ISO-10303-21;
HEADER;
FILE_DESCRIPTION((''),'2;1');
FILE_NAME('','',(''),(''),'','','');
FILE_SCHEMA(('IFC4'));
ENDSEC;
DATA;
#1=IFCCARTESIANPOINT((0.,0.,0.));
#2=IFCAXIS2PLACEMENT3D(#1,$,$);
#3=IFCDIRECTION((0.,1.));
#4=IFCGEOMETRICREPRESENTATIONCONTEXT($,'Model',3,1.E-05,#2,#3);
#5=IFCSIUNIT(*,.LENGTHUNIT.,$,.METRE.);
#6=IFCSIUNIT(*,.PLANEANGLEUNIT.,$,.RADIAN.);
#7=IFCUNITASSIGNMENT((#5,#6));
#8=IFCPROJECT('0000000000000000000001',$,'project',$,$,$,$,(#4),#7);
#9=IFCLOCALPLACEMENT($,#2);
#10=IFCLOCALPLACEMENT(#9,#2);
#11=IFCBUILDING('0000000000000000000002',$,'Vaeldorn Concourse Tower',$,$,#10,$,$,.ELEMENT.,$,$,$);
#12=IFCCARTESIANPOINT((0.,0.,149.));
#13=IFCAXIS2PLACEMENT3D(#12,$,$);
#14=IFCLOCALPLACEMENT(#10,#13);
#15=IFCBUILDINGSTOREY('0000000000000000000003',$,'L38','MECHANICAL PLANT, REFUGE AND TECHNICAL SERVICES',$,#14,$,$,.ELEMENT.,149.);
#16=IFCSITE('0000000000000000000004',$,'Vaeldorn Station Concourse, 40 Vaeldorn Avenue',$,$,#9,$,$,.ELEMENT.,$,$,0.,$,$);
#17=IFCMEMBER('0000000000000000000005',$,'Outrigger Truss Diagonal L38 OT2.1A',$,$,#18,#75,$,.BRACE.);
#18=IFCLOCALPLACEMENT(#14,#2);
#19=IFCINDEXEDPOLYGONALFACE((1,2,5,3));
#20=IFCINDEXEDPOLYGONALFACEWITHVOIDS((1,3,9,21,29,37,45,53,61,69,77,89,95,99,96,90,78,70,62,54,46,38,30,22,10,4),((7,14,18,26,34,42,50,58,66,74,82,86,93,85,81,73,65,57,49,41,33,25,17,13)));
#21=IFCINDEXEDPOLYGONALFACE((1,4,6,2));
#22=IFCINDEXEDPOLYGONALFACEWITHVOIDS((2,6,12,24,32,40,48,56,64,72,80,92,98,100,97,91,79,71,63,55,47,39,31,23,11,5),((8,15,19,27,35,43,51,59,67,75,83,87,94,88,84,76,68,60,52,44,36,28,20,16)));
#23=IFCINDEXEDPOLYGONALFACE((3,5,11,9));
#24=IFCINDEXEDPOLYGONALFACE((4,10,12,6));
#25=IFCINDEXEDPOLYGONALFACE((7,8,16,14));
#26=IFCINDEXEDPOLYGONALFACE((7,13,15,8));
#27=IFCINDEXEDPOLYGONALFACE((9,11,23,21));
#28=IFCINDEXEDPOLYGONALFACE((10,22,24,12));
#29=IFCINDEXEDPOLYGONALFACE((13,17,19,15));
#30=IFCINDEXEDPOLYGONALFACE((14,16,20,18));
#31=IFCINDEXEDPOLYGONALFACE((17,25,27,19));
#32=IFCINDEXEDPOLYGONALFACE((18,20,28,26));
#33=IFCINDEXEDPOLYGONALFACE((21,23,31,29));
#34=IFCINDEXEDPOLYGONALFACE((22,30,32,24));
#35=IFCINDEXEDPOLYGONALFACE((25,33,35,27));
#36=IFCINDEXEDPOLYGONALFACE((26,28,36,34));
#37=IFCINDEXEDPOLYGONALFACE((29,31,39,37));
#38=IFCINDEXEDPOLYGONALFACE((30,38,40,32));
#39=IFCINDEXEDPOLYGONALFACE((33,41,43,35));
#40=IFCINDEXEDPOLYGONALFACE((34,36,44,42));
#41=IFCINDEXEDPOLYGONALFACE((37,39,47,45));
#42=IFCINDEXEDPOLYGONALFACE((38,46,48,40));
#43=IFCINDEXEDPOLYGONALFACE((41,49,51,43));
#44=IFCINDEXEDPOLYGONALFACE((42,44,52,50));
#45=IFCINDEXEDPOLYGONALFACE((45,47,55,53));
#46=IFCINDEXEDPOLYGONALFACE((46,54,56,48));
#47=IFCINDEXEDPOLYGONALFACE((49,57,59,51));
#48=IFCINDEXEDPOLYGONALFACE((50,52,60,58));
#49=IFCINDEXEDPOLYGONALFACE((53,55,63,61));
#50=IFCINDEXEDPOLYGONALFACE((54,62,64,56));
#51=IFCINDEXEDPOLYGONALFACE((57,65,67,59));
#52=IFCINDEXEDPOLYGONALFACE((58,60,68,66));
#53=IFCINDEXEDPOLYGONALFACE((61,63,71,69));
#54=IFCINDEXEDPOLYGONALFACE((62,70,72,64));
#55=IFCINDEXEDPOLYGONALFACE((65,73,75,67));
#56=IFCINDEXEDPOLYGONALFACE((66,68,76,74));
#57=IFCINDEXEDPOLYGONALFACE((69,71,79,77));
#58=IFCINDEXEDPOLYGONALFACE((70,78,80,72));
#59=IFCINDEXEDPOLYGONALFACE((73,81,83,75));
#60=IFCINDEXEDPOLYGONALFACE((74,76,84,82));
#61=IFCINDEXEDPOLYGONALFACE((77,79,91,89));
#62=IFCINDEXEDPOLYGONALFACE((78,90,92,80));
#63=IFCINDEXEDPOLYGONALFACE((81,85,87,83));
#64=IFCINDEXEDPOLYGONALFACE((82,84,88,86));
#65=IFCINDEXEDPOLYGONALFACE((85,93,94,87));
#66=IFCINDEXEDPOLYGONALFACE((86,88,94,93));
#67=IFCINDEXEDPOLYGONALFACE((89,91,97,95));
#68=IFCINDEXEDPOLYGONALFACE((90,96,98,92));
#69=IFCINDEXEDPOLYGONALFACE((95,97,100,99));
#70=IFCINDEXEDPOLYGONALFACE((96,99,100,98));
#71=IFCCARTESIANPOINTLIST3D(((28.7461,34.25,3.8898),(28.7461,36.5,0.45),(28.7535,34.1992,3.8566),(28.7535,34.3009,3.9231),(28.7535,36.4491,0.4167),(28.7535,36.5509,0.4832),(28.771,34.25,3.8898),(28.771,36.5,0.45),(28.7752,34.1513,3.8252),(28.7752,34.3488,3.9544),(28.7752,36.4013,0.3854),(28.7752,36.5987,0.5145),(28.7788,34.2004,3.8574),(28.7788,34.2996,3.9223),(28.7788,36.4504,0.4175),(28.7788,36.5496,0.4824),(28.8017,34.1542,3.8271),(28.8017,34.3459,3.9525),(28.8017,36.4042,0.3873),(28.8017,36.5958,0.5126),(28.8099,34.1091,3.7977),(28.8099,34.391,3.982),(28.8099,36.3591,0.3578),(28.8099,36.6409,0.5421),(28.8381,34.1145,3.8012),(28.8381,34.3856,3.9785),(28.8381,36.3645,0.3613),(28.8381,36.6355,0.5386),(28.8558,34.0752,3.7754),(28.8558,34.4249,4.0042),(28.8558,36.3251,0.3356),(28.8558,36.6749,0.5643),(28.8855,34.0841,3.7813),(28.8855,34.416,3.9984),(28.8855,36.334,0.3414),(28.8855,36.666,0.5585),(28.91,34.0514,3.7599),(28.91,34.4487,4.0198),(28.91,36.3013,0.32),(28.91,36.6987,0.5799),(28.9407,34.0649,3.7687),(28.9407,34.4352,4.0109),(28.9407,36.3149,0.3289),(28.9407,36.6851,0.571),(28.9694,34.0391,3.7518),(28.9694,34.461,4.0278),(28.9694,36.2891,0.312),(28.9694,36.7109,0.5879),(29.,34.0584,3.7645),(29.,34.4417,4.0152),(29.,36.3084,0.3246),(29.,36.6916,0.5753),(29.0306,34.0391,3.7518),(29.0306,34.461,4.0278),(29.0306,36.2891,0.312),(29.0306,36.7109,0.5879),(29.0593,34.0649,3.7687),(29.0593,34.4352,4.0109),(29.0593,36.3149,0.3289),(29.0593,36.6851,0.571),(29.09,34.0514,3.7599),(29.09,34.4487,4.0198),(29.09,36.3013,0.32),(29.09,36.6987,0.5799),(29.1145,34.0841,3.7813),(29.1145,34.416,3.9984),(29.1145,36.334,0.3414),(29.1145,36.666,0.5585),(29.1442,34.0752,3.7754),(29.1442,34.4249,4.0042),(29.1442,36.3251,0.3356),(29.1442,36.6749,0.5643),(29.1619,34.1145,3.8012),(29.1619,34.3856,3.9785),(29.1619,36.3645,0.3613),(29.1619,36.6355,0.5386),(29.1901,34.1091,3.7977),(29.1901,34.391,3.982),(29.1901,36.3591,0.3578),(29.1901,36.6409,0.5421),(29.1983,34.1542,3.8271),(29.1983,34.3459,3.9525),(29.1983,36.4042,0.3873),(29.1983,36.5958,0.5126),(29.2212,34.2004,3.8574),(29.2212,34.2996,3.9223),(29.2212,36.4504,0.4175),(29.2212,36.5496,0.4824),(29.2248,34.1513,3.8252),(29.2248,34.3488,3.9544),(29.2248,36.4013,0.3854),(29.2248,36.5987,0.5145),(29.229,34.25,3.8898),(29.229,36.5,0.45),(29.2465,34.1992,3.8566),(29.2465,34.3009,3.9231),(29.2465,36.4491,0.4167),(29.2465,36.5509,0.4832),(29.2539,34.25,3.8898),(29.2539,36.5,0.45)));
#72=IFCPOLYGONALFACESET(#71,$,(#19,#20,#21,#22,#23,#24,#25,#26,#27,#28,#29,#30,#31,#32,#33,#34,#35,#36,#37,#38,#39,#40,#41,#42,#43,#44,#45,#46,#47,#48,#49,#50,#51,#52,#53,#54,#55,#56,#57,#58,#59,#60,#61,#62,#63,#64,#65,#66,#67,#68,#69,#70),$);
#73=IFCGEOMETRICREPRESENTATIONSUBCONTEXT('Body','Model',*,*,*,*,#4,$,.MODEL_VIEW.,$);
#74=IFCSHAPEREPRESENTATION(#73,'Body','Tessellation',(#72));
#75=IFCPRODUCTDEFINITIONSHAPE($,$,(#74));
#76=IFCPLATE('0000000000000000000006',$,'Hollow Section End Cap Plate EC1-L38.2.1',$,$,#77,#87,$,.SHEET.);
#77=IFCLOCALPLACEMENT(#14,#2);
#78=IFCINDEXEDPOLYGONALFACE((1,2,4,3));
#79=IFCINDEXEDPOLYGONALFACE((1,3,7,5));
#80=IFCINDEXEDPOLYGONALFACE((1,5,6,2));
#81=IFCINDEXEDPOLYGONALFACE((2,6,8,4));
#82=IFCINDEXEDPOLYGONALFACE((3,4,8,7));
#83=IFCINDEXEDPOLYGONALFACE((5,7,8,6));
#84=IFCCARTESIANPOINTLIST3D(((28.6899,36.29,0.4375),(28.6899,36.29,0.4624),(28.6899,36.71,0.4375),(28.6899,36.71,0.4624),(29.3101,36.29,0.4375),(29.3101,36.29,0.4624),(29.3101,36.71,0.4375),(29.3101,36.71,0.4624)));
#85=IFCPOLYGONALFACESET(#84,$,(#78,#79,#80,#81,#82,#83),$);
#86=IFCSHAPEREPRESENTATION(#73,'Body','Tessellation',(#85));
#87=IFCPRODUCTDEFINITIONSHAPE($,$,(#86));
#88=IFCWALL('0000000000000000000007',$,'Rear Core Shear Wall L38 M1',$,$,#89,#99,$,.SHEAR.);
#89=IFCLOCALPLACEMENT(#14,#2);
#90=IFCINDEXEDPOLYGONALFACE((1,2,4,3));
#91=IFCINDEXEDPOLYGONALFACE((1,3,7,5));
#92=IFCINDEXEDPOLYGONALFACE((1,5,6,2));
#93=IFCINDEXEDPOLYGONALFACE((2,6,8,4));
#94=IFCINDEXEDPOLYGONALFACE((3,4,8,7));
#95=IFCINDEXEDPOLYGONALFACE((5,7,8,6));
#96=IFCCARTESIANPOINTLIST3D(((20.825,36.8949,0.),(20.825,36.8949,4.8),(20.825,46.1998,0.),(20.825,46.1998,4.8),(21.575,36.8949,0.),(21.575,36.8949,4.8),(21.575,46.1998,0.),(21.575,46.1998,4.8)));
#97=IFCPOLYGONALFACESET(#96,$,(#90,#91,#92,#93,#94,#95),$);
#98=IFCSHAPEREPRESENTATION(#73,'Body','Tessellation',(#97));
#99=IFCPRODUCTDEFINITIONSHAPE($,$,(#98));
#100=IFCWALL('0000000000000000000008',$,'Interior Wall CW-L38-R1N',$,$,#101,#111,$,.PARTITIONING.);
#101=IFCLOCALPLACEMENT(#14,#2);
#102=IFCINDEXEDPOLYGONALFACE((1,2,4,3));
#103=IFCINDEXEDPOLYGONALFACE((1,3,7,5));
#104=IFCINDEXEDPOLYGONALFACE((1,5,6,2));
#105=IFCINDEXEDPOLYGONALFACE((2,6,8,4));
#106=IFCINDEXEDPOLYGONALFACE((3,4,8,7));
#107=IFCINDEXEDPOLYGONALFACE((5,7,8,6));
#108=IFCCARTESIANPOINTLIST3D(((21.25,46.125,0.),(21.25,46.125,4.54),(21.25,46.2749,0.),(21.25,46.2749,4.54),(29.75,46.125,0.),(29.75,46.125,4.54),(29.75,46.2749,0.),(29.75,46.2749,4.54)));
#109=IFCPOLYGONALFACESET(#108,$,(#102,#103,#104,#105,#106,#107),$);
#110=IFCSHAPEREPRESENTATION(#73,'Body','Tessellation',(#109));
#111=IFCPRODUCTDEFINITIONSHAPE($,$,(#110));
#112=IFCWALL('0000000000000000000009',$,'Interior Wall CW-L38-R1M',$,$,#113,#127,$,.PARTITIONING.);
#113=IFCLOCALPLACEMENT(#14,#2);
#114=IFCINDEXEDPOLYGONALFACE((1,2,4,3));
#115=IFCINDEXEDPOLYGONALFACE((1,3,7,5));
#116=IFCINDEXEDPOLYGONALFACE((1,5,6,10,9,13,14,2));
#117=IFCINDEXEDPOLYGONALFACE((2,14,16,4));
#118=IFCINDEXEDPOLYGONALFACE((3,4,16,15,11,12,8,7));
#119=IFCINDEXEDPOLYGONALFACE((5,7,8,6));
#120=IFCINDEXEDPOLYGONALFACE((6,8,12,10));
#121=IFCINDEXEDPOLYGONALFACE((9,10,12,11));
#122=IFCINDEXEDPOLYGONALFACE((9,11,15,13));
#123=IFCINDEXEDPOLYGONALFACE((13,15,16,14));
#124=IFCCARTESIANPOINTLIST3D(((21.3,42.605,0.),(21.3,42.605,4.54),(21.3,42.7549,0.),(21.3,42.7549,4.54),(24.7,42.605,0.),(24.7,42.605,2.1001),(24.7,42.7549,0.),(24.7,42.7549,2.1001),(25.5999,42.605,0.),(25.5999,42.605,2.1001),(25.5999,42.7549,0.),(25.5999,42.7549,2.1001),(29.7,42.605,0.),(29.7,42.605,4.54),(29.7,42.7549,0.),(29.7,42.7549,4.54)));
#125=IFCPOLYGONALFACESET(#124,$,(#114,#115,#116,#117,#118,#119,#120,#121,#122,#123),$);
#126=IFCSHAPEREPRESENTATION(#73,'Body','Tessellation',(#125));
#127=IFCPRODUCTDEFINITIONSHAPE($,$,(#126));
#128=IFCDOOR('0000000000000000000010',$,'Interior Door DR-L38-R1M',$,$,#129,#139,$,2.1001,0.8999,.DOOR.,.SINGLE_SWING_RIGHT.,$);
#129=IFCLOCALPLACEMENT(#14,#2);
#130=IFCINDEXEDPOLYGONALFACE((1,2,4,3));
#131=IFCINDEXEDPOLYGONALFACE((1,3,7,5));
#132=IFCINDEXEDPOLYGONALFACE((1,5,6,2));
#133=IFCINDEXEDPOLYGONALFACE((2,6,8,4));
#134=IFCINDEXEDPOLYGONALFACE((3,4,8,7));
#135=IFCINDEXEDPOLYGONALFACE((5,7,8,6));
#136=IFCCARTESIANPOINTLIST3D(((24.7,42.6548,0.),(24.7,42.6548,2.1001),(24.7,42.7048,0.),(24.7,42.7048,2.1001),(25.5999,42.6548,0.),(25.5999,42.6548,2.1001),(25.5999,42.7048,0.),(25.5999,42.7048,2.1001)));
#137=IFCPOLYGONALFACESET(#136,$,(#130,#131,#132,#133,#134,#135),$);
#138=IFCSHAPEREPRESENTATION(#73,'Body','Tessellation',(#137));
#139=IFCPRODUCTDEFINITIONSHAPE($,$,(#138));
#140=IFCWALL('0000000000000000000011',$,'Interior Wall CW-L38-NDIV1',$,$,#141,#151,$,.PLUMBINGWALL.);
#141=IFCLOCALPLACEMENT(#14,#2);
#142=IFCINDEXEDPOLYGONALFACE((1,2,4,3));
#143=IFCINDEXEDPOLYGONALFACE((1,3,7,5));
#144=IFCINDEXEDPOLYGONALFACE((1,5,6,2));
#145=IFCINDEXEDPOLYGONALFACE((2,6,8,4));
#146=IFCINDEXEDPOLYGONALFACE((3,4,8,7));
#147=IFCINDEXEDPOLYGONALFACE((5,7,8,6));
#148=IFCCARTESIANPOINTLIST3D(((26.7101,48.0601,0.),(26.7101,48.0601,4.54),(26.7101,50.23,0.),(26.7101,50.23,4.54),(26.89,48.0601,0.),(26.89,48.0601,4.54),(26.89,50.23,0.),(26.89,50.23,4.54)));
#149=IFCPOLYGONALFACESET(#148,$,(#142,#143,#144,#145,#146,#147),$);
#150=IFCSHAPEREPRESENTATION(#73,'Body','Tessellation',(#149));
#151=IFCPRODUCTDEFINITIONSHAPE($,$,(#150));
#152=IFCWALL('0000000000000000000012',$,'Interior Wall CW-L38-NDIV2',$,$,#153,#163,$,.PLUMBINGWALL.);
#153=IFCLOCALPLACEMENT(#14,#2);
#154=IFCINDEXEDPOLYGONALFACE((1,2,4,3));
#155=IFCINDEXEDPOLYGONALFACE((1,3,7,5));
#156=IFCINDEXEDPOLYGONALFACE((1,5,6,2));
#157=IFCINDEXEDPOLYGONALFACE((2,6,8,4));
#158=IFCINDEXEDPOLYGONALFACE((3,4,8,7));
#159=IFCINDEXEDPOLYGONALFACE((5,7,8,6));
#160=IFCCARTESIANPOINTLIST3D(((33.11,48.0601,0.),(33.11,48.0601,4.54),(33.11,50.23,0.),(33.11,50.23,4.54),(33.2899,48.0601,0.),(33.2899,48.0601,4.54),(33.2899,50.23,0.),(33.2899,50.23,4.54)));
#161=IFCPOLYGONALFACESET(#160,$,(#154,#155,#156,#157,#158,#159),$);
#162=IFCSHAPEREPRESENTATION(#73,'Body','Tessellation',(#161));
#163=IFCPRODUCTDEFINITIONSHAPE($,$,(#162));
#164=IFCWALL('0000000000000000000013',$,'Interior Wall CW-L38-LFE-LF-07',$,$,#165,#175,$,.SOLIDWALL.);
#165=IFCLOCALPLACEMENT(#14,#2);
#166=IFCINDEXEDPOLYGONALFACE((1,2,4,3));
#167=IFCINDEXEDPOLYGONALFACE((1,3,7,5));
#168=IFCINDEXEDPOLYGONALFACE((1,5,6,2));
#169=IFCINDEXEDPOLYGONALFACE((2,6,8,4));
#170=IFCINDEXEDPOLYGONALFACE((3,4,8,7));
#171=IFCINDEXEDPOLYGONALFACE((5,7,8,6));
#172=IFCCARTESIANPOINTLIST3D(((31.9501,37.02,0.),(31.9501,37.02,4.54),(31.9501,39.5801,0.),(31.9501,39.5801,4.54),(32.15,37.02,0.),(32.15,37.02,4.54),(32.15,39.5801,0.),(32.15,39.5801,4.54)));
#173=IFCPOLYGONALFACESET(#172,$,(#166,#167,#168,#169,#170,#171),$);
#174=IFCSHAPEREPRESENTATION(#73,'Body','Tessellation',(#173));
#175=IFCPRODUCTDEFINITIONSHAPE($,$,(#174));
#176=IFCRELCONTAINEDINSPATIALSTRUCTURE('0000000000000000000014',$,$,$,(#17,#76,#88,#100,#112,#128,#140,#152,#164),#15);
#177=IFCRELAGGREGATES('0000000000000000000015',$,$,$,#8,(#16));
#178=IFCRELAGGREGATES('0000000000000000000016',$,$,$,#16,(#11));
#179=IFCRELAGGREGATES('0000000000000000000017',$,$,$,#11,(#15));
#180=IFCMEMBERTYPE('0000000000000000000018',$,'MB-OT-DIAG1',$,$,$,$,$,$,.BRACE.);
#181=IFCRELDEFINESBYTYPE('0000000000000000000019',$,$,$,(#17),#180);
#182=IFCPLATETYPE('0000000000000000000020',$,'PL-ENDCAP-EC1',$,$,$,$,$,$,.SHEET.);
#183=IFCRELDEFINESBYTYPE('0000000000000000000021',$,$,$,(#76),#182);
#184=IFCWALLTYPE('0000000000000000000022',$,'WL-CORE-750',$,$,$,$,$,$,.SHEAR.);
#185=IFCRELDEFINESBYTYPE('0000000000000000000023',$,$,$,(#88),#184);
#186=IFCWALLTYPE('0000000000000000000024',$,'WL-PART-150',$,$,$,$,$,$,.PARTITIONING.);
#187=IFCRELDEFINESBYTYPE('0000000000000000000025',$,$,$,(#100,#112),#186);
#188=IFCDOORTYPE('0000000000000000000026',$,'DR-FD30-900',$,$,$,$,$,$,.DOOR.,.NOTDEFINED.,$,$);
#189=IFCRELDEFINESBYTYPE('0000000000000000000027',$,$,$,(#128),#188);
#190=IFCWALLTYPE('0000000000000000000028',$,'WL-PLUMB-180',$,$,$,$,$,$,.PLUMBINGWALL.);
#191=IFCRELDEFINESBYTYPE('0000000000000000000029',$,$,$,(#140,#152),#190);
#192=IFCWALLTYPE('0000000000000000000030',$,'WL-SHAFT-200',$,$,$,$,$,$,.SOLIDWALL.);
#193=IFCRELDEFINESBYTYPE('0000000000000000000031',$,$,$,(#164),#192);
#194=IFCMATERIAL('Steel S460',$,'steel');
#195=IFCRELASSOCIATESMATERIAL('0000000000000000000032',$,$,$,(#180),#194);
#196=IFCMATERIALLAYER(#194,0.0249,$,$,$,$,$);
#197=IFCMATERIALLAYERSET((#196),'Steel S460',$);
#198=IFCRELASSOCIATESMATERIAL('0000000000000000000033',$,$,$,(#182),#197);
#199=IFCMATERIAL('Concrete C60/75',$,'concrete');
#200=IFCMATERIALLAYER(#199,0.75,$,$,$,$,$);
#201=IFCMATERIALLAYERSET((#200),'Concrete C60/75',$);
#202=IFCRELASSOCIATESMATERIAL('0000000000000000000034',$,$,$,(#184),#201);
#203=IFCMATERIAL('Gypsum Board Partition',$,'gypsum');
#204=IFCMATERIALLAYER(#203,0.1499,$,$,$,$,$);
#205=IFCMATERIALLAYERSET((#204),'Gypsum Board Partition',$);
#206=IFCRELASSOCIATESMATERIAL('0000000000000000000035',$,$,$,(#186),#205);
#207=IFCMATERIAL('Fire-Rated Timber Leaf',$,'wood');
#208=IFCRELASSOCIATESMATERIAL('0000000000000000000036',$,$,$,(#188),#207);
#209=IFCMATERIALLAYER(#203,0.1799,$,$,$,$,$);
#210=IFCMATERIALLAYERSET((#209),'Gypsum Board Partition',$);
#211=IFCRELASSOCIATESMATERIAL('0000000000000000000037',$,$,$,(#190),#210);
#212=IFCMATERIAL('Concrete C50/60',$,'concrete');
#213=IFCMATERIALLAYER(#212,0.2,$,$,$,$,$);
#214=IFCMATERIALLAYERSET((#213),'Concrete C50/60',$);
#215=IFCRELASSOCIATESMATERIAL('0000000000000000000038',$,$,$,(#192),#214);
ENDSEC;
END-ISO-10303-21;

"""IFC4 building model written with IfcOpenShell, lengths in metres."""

from ifc_helpers import new_model, si_unit, direction, frame, frame_2d, origin, origin_2d, place, context, subcontext, project, spatial, rectangle, hollow_circle, extrude, source, transform, mapped, material, layer, layer_set, material_profile, profile_set, type_object, element, fill, save


model = new_model("IFC4")

# Units and contexts
model_context = context("Model", 3, precision=1e-05, world=origin(), true_north=direction((0.0, 1.0)))
body_context = subcontext(model_context, "Body", "Model", "MODEL_VIEW")
ifc_project = project(units=[si_unit("LENGTHUNIT", "METRE"), si_unit("PLANEANGLEUNIT", "RADIAN")], contexts=[model_context])

# Site, building, storey
site_placement = place(None, origin())
site = spatial("IfcSite", under=ifc_project, at=site_placement, Name="Vaeldorn Station Concourse, 40 Vaeldorn Avenue", CompositionType="ELEMENT", RefElevation=0.0)
building_placement = place(site_placement, origin())
building = spatial("IfcBuilding", under=site, at=building_placement, Name="Vaeldorn Concourse Tower", CompositionType="ELEMENT")
storey_placement = place(building_placement, frame((0.0, 0.0, 149.0)))
storey = spatial("IfcBuildingStorey", under=building, at=storey_placement, Name="L38", Description="MECHANICAL PLANT, REFUGE AND TECHNICAL SERVICES", CompositionType="ELEMENT", Elevation=149.0)

# Shared definitions
ifc_material_1 = material(Name="Steel S460", Category="steel")

# Member
ifc_material_profile_1 = material_profile(ifc_material_1, hollow_circle(Radius=0.2539, WallThickness=0.0249, at=origin_2d()), Name="CHS 508x25")
ifc_profile_set_1 = profile_set([ifc_material_profile_1], Name="Steel S460")
member_type_1 = type_object("IfcMemberType", Name="MB-OT-DIAG1", PredefinedType="BRACE", material=ifc_profile_set_1)
shared_shape_1 = source(origin(), body_context, "Body", "SweptSolid", [
    extrude(hollow_circle(Radius=0.2539, WallThickness=0.0249, at=origin_2d()), origin(), (0.0, 0.0, 1.0), 4.1104),
])
member_1_placement = place(storey_placement, frame((29.0, 36.5, 0.45), z_axis=(0.0, -0.547387, 0.83688), x_axis=(1.0, 0.0, 0.0)))
element("IfcMember", 1, at=member_1_placement, inside=storey, type_object=member_type_1, Name="Outrigger Truss Diagonal L38 OT2.1A", PredefinedType="BRACE", context=body_context, shape_type="MappedRepresentation", body=[
    mapped(shared_shape_1, transform((0.0, 0.0, 0.0), scale=1.0)),
])

# Plate
ifc_layer_1 = layer(ifc_material_1, 0.0249)
ifc_layer_set_1 = layer_set([ifc_layer_1], Name="Steel S460")
plate_type = type_object("IfcPlateType", Name="PL-ENDCAP-EC1", PredefinedType="SHEET", material=ifc_layer_set_1)
shared_shape_2 = source(origin(), body_context, "Body", "SweptSolid", [
    extrude(rectangle(XDim=0.6201, YDim=0.4199, at=origin_2d()), origin(), (0.0, 0.0, 1.0), 0.0249),
])
plate_placement = place(storey_placement, frame((29.0, 36.5, 0.4375), z_axis=(0.0, 0.0, 1.0), x_axis=(1.0, 0.0, 0.0)))
element("IfcPlate", 2, at=plate_placement, inside=storey, type_object=plate_type, Name="Hollow Section End Cap Plate EC1-L38.2.1", PredefinedType="SHEET", context=body_context, shape_type="MappedRepresentation", body=[
    mapped(shared_shape_2, transform((0.0, 0.0, 0.0), scale=1.0)),
])

# Wall
ifc_material_2 = material(Name="Concrete C60/75", Category="concrete")
ifc_layer_2 = layer(ifc_material_2, 0.75)
ifc_layer_set_2 = layer_set([ifc_layer_2], Name="Concrete C60/75")
wall_type_1 = type_object("IfcWallType", Name="WL-CORE-750", PredefinedType="SHEAR", material=ifc_layer_set_2)
wall_1_placement = place(storey_placement, frame((21.2, 36.895, 0.0), z_axis=(0.0, 0.0, 1.0), x_axis=(0.0, 1.0, 0.0)))
element("IfcWall", 3, at=wall_1_placement, inside=storey, type_object=wall_type_1, Name="Rear Core Shear Wall L38 M1", PredefinedType="SHEAR", context=body_context, shape_type="SweptSolid", body=[
    extrude(rectangle(XDim=9.3049, YDim=0.75, at=frame_2d((4.6523, 0.0))), origin(), (0.0, 0.0, 1.0), 4.8),
])

# Wall
ifc_material_3 = material(Name="Gypsum Board Partition", Category="gypsum")
ifc_layer_3 = layer(ifc_material_3, 0.1499)
ifc_layer_set_3 = layer_set([ifc_layer_3], Name="Gypsum Board Partition")
wall_type_2 = type_object("IfcWallType", Name="WL-PART-150", PredefinedType="PARTITIONING", material=ifc_layer_set_3)
wall_2_placement = place(storey_placement, frame((21.25, 46.2, 0.0), z_axis=(0.0, 0.0, 1.0), x_axis=(1.0, 0.0, 0.0)))
element("IfcWall", 4, at=wall_2_placement, inside=storey, type_object=wall_type_2, Name="Interior Wall CW-L38-R1N", PredefinedType="PARTITIONING", context=body_context, shape_type="SweptSolid", body=[
    extrude(rectangle(XDim=8.5, YDim=0.1499, at=frame_2d((4.25, 0.0))), origin(), (0.0, 0.0, 1.0), 4.54),
])

# Wall, opening, door
wall_3_placement = place(storey_placement, frame((21.3, 42.6799, 0.0), z_axis=(0.0, 0.0, 1.0), x_axis=(1.0, 0.0, 0.0)))
wall_3 = element("IfcWall", 5, at=wall_3_placement, inside=storey, type_object=wall_type_2, Name="Interior Wall CW-L38-R1M", PredefinedType="PARTITIONING", context=body_context, shape_type="SweptSolid", body=[
    extrude(rectangle(XDim=8.3999, YDim=0.1499, at=frame_2d((4.2, 0.0))), origin(), (0.0, 0.0, 1.0), 4.54),
])
opening_1_placement = place(wall_3_placement, frame((3.3999, 0.0, 0.0)))
opening_1 = element("IfcOpeningElement", 6, at=opening_1_placement, cuts=wall_3, PredefinedType="OPENING", context=body_context, shape_type="SweptSolid", body=[
    extrude(rectangle(XDim=0.8999, YDim=2.1001, at=frame_2d((0.45, 1.05))), frame((0.0, 0.085, 0.0), z_axis=(0.0, -1.0, 0.0), x_axis=(1.0, 0.0, 0.0)), (0.0, 0.0, 1.0), 0.1699),
])
ifc_material_4 = material(Name="Fire-Rated Timber Leaf", Category="wood")
door_type_1 = type_object("IfcDoorType", Name="DR-FD30-900", OperationType="NOTDEFINED", PredefinedType="DOOR", material=ifc_material_4)
shared_shape_3 = source(origin(), body_context, "Body", "SweptSolid", [
    extrude(rectangle(XDim=0.8999, YDim=2.1001, at=frame_2d((0.45, 1.05))), frame((0.0, 0.0249, 0.0), z_axis=(0.0, -1.0, 0.0), x_axis=(1.0, 0.0, 0.0)), (0.0, 0.0, 1.0), 0.05),
])
door_1_placement = place(opening_1_placement, origin())
door_1 = element("IfcDoor", 7, at=door_1_placement, inside=storey, type_object=door_type_1, Name="Interior Door DR-L38-R1M", OperationType="SINGLE_SWING_RIGHT", OverallHeight=2.1001, OverallWidth=0.8999, PredefinedType="DOOR", context=body_context, shape_type="MappedRepresentation", body=[
    mapped(shared_shape_3, transform((0.0, 0.0, 0.0), scale=1.0)),
])
fill(opening_1, door_1)

# Walls
ifc_layer_4 = layer(ifc_material_3, 0.1799)
ifc_layer_set_4 = layer_set([ifc_layer_4], Name="Gypsum Board Partition")
wall_type_3 = type_object("IfcWallType", Name="WL-PLUMB-180", PredefinedType="PLUMBINGWALL", material=ifc_layer_set_4)
for number, where, z_axis, x_axis, name in (
    (8, (26.8, 48.0601, 0.0), (0.0, 0.0, 1.0), (0.0, 1.0, 0.0), "Interior Wall CW-L38-NDIV1"),
    (9, (33.2, 48.0601, 0.0), (0.0, 0.0, 1.0), (0.0, 1.0, 0.0), "Interior Wall CW-L38-NDIV2"),
):
    element("IfcWall", number, at=place(storey_placement, frame(where, z_axis=z_axis, x_axis=x_axis)), inside=storey, type_object=wall_type_3, Name=name, PredefinedType="PLUMBINGWALL", context=body_context, shape_type="SweptSolid", body=[
        extrude(rectangle(XDim=2.1699, YDim=0.1799, at=frame_2d((1.085, 0.0))), origin(), (0.0, 0.0, 1.0), 4.54),
    ])

# Shared definitions
ifc_material_5 = material(Name="Concrete C50/60", Category="concrete")
ifc_layer_5 = layer(ifc_material_5, 0.2)
ifc_layer_set_5 = layer_set([ifc_layer_5], Name="Concrete C50/60")
wall_type_4 = type_object("IfcWallType", Name="WL-SHAFT-200", PredefinedType="SOLIDWALL", material=ifc_layer_set_5)

# Wall
wall_4_placement = place(storey_placement, frame((32.05, 37.02, 0.0), z_axis=(0.0, 0.0, 1.0), x_axis=(0.0, 1.0, 0.0)))
element("IfcWall", 10, at=wall_4_placement, inside=storey, type_object=wall_type_4, Name="Interior Wall CW-L38-LFE-LF-07", PredefinedType="SOLIDWALL", context=body_context, shape_type="SweptSolid", body=[
    extrude(rectangle(XDim=2.5601, YDim=0.2, at=frame_2d((1.28, 0.0))), origin(), (0.0, 0.0, 1.0), 4.54),
])

save(model, "model.ifc")
